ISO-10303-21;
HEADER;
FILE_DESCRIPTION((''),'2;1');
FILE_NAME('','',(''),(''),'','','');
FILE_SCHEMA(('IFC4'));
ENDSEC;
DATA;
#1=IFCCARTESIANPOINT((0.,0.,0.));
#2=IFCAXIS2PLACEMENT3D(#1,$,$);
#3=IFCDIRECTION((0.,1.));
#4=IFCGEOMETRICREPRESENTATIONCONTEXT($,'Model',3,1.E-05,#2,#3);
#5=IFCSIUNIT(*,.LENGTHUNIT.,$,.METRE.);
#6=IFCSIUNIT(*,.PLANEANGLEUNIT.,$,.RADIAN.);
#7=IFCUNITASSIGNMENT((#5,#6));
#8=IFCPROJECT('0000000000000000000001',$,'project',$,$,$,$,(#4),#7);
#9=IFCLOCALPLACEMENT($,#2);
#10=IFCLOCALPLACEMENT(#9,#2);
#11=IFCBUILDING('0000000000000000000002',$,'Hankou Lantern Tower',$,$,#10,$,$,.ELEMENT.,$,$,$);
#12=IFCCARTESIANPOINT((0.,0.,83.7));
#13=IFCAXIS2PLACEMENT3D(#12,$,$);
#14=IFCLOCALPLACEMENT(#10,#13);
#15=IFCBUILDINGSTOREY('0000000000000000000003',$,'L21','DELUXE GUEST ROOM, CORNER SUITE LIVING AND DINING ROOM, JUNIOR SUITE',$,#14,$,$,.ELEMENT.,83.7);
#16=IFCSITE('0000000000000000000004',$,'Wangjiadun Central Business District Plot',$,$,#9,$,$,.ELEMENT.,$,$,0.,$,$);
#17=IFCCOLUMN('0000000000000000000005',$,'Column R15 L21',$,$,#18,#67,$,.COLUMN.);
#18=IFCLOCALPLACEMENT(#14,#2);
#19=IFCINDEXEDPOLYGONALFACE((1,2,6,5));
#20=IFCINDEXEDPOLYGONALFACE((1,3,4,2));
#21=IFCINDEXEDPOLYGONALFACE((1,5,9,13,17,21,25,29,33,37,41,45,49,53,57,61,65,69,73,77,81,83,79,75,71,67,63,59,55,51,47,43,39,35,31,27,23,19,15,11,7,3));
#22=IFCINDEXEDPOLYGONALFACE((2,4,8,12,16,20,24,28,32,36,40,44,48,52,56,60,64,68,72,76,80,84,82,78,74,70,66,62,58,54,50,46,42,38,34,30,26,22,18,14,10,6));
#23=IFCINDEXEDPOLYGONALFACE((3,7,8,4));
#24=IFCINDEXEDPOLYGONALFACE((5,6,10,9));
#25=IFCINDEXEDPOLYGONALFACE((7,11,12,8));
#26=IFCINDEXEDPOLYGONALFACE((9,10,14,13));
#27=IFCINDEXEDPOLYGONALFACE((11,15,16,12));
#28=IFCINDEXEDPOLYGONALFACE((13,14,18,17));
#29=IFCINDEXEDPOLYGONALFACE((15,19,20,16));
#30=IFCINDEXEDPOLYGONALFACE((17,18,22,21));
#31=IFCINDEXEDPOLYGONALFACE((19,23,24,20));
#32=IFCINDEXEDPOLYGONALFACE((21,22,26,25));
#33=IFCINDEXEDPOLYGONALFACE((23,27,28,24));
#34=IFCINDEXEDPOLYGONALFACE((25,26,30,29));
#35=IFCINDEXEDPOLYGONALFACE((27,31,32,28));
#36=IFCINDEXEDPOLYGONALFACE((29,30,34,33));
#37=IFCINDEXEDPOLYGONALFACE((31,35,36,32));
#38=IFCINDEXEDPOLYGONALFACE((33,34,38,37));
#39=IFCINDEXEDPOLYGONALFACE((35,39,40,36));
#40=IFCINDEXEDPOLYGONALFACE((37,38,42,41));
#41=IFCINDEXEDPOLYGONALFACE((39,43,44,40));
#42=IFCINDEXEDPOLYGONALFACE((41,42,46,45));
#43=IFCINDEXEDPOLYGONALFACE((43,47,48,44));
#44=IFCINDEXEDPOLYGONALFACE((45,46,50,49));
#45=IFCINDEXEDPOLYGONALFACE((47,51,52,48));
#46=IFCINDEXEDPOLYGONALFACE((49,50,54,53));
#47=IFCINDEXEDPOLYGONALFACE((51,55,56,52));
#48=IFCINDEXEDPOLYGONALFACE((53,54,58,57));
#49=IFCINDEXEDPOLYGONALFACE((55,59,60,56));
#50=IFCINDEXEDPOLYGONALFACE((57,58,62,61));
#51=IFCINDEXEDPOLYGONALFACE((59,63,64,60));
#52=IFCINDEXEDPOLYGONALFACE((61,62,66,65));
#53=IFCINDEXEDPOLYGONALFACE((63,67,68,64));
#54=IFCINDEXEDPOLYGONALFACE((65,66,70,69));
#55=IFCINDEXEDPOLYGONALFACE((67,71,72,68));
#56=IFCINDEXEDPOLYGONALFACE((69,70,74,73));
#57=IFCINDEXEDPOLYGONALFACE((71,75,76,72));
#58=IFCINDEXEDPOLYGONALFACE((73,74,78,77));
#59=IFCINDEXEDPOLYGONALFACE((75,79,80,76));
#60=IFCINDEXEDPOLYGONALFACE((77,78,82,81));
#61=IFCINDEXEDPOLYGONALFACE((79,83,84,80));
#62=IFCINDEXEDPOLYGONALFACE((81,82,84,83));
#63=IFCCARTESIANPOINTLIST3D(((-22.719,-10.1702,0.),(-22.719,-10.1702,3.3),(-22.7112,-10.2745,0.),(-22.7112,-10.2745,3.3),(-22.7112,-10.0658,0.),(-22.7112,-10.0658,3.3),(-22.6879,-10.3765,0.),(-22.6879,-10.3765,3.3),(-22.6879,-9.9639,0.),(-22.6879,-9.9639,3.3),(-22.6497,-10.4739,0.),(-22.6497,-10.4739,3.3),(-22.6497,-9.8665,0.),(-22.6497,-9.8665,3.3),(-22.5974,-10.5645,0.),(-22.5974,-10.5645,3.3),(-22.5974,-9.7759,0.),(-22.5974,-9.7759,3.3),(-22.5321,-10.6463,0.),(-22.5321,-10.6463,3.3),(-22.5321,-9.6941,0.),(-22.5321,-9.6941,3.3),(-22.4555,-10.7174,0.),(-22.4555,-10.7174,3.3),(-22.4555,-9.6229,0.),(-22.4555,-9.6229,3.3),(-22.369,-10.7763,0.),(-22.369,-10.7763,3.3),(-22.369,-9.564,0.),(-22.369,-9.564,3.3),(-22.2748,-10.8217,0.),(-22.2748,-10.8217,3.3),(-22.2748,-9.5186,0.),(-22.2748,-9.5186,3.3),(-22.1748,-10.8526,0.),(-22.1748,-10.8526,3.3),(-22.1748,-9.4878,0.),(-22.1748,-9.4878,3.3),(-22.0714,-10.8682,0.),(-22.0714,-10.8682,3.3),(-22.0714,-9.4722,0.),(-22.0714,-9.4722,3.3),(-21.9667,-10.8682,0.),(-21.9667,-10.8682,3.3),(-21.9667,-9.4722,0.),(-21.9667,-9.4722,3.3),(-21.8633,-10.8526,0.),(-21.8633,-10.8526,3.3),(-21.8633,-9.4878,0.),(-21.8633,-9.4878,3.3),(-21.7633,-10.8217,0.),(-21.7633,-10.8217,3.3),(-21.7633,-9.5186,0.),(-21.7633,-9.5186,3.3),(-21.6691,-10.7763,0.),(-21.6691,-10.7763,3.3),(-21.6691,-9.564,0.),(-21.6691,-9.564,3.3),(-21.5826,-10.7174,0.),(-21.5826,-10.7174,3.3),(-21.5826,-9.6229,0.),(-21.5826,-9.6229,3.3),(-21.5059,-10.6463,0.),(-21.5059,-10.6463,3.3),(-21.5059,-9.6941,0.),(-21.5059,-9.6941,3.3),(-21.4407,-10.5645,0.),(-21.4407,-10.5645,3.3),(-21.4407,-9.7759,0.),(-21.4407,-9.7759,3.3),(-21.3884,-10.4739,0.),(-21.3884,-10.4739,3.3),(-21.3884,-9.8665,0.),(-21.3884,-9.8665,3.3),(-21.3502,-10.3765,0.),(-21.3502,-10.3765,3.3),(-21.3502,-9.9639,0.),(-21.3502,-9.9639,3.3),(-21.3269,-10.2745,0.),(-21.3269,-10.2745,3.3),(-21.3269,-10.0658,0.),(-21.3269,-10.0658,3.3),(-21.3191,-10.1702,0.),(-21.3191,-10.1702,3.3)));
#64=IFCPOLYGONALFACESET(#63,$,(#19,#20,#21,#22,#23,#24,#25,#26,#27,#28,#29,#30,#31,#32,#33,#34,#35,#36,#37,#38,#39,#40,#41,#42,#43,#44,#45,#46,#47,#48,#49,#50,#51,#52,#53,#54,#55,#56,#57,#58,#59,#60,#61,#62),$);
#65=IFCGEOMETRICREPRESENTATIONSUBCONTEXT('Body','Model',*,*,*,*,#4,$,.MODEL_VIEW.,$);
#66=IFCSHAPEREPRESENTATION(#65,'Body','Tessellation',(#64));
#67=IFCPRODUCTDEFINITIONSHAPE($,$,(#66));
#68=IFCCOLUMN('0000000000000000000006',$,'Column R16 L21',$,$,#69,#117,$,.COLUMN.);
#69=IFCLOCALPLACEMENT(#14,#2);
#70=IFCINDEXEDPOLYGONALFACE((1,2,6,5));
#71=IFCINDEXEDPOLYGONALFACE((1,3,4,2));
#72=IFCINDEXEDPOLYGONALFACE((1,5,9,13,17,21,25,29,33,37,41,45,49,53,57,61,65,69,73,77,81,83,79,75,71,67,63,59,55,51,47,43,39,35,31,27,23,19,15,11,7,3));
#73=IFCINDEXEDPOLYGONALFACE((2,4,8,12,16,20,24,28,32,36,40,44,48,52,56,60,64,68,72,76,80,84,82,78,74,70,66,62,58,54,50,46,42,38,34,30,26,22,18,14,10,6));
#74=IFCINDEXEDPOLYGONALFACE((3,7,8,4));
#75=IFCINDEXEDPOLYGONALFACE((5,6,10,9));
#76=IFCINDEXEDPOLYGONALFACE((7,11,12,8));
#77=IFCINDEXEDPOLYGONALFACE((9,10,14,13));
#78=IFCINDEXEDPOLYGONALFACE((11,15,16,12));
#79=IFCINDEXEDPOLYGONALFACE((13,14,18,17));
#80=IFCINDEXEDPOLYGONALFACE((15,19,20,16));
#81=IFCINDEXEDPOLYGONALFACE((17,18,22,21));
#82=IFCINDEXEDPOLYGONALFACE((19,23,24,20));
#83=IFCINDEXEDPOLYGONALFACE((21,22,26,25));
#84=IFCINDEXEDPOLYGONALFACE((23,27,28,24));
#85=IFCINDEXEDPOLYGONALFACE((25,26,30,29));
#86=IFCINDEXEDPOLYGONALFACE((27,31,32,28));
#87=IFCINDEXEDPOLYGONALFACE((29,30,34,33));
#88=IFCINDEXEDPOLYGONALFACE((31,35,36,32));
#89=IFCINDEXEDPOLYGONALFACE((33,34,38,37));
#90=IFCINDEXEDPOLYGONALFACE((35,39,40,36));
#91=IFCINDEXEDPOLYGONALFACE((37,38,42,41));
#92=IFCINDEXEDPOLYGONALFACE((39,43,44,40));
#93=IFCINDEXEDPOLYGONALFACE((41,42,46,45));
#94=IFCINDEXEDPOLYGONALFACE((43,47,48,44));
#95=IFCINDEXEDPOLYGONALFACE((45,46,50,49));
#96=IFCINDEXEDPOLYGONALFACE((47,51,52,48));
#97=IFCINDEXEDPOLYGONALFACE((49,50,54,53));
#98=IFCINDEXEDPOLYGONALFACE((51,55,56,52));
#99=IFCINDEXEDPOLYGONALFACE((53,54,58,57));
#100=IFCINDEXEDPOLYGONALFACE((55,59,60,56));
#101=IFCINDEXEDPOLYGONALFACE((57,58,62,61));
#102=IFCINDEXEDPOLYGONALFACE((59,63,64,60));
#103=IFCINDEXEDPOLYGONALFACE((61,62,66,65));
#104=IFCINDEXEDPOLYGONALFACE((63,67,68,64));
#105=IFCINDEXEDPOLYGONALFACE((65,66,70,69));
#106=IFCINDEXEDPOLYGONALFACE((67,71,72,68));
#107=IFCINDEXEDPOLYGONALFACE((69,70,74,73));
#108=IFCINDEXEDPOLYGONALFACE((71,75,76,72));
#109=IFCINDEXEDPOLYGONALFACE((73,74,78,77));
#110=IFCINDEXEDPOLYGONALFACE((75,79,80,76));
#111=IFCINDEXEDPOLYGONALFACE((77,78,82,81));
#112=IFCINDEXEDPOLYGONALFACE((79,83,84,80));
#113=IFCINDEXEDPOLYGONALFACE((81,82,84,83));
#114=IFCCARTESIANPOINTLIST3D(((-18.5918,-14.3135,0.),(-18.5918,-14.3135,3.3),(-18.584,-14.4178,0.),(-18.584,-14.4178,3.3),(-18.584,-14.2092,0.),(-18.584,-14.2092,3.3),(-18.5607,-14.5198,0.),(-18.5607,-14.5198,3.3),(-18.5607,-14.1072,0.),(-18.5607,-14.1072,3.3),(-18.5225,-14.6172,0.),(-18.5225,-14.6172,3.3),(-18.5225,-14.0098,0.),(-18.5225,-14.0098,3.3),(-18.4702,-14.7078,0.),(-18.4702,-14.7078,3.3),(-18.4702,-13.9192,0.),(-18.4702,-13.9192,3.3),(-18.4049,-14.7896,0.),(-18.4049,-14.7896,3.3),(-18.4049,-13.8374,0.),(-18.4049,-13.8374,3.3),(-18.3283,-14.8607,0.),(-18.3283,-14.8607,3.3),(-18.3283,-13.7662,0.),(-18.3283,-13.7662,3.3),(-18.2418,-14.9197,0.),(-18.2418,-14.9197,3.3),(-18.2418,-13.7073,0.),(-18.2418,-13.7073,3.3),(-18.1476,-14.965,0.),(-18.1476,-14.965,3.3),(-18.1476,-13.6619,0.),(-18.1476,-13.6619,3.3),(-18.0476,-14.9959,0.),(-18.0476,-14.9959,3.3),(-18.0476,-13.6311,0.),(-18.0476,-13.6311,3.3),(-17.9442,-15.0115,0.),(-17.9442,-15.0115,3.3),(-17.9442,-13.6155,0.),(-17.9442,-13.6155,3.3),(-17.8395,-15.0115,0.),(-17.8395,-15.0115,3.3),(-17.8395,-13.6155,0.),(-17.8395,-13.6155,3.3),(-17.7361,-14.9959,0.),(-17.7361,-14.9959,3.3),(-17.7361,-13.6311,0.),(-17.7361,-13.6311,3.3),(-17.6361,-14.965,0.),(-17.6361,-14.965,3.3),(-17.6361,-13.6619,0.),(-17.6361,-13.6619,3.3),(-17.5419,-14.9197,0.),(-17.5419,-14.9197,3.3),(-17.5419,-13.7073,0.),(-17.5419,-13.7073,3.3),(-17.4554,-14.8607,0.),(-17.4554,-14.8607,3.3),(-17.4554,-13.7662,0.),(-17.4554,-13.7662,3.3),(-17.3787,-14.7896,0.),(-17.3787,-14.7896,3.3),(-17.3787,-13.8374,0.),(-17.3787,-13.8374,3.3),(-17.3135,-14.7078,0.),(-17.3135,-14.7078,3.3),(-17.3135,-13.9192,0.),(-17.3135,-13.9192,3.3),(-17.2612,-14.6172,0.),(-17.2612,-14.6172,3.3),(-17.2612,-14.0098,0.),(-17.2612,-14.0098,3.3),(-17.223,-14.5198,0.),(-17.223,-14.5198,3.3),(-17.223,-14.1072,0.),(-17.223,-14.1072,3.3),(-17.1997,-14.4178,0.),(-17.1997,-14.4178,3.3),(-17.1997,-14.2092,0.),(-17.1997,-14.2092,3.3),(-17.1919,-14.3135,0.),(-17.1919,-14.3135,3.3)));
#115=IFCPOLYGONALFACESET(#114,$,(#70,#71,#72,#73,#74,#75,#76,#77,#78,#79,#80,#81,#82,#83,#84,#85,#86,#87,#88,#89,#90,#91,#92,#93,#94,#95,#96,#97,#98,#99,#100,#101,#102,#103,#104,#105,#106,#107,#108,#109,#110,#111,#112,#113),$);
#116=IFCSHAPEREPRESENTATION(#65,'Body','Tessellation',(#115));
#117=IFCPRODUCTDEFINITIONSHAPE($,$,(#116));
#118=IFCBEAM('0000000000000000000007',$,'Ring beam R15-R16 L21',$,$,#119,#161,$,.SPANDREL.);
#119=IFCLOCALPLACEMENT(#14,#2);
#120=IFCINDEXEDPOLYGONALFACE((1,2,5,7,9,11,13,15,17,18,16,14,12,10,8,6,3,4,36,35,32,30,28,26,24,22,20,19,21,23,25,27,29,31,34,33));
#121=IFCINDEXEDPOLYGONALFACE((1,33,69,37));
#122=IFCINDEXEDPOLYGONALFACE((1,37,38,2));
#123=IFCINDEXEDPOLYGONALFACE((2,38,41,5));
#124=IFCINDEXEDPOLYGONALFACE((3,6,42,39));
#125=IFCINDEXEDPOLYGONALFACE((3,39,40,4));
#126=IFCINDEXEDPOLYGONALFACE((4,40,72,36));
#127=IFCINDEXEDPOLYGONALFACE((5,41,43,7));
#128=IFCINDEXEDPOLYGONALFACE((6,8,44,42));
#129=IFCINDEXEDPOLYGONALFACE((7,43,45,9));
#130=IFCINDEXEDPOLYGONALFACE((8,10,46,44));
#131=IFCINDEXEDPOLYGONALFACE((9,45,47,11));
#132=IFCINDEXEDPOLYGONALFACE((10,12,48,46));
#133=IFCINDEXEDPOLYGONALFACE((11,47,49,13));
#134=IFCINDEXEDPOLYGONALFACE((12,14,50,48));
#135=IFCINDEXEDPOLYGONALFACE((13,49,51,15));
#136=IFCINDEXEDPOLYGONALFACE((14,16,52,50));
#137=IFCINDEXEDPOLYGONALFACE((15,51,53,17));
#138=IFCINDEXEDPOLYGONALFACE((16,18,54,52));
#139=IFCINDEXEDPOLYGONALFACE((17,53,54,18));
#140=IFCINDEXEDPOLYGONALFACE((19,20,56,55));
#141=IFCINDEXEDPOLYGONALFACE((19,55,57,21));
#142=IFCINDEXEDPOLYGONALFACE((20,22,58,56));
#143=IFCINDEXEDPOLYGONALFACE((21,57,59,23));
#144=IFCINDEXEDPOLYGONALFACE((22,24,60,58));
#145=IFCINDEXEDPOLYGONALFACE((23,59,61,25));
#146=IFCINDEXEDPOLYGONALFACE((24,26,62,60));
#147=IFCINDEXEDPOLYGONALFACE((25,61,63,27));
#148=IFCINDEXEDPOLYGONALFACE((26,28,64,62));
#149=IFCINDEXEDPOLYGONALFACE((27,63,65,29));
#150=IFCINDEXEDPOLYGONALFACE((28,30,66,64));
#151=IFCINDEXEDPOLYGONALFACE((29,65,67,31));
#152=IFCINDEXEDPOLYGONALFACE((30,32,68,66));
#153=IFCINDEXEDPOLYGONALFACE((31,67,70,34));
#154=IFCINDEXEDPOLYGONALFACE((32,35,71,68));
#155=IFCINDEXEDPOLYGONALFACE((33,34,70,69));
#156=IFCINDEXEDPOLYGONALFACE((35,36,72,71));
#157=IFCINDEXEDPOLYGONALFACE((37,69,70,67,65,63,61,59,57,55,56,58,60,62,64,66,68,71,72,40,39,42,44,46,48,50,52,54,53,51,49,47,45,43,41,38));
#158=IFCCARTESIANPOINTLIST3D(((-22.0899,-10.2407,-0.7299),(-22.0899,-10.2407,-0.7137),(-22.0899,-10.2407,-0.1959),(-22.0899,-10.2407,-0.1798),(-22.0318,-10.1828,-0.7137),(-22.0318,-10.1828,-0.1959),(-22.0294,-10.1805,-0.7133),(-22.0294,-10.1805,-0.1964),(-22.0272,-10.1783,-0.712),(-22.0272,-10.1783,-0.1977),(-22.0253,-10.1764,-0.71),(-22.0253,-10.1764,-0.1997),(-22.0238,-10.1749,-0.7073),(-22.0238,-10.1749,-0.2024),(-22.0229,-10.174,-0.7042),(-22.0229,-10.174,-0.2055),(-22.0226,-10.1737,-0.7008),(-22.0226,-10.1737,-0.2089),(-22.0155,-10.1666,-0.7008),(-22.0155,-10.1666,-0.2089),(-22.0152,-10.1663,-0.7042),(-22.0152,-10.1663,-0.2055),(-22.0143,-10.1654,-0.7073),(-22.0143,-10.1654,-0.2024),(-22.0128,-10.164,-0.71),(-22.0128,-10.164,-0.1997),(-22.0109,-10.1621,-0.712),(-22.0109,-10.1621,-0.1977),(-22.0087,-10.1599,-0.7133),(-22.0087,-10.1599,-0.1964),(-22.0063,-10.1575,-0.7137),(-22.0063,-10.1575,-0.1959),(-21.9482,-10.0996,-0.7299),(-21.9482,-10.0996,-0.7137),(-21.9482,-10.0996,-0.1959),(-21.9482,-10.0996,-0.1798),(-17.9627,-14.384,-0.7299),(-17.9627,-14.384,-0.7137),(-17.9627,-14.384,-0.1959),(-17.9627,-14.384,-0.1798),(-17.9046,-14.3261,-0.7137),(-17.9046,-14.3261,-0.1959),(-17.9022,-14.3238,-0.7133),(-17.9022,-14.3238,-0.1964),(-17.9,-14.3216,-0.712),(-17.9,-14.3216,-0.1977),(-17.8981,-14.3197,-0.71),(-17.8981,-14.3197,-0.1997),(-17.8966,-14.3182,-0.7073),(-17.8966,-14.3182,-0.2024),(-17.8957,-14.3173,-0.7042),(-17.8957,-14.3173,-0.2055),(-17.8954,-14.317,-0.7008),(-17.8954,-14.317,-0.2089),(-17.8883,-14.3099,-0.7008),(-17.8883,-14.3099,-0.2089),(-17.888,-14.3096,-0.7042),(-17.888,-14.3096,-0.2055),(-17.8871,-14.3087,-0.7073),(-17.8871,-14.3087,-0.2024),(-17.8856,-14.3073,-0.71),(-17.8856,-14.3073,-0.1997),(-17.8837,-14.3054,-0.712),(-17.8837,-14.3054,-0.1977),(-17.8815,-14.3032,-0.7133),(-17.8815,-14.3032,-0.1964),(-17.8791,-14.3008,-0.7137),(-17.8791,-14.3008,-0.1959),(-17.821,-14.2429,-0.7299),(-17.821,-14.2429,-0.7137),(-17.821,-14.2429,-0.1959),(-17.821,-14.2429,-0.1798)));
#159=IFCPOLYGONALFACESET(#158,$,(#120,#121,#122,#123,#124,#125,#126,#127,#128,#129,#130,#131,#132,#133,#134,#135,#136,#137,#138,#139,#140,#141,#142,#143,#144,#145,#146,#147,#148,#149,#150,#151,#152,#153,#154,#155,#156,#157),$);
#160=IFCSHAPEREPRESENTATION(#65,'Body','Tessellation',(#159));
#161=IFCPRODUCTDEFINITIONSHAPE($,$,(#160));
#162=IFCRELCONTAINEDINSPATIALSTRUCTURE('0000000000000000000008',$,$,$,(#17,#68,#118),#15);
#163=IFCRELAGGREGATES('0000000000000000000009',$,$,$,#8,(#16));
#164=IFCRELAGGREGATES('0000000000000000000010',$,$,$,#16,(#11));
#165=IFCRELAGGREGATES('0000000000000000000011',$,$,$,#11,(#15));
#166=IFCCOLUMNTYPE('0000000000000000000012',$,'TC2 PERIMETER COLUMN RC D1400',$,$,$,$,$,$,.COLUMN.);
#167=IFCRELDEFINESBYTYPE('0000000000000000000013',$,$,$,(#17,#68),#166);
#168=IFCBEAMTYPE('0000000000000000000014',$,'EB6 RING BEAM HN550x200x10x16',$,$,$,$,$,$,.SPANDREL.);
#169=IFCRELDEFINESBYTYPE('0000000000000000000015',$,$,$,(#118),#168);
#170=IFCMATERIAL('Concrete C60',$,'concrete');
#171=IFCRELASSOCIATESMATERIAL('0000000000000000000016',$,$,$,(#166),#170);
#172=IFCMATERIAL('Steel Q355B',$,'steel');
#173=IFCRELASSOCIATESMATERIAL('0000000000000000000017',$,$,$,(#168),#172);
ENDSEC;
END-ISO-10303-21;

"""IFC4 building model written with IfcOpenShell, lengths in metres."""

from ifc_helpers import new_model, si_unit, direction, frame, origin, origin_2d, place, context, subcontext, project, spatial, circle, i_section, extrude, material, material_profile, profile_set, type_object, element, save


model = new_model("IFC4")

# Units and contexts
model_context = context("Model", 3, precision=1e-05, world=origin(), true_north=direction((0.0, 1.0)))
body_context = subcontext(model_context, "Body", "Model", "MODEL_VIEW")
ifc_project = project(units=[si_unit("LENGTHUNIT", "METRE"), si_unit("PLANEANGLEUNIT", "RADIAN")], contexts=[model_context])

# Site, building, storey
site_placement = place(None, origin())
site = spatial("IfcSite", under=ifc_project, at=site_placement, Name="Wangjiadun Central Business District Plot", CompositionType="ELEMENT", RefElevation=0.0)
building_placement = place(site_placement, origin())
building = spatial("IfcBuilding", under=site, at=building_placement, Name="Hankou Lantern Tower", CompositionType="ELEMENT")
storey_placement = place(building_placement, frame((0.0, 0.0, 83.7)))
storey = spatial("IfcBuildingStorey", under=building, at=storey_placement, Name="L21", Description="DELUXE GUEST ROOM, CORNER SUITE LIVING AND DINING ROOM, JUNIOR SUITE", CompositionType="ELEMENT", Elevation=83.7)

# Columns
ifc_material_1 = material(Name="Concrete C60", Category="concrete")
ifc_material_profile_1 = material_profile(ifc_material_1, circle(Radius=0.7, at=origin_2d()), Name="RC D1400")
ifc_profile_set_1 = profile_set([ifc_material_profile_1], Name="Concrete C60")
column_type = type_object("IfcColumnType", Name="TC2 PERIMETER COLUMN RC D1400", PredefinedType="COLUMN", material=ifc_profile_set_1)
for number, where, z_axis, x_axis, name in (
    (1, (-22.019, -10.1702, 0.0), (0.0, 0.0, 1.0), (1.0, 0.0, 0.0), "Column R15 L21"),
    (2, (-17.8918, -14.3135, 0.0), (0.0, 0.0, 1.0), (1.0, 0.0, 0.0), "Column R16 L21"),
):
    element("IfcColumn", number, at=place(storey_placement, frame(where, z_axis=z_axis, x_axis=x_axis)), inside=storey, type_object=column_type, Name=name, PredefinedType="COLUMN", context=body_context, shape_type="SweptSolid", body=[
        extrude(circle(Radius=0.7, at=origin_2d()), origin(), (0.0, 0.0, 1.0), 3.3),
    ])

# Beam
ifc_material_2 = material(Name="Steel Q355B", Category="steel")
ifc_material_profile_2 = material_profile(ifc_material_2, i_section(OverallWidth=0.2, OverallDepth=0.55, WebThickness=0.01, FlangeThickness=0.0161, FilletRadius=0.0129, at=origin_2d()), Name="HN550x200x10x16")
ifc_profile_set_2 = profile_set([ifc_material_profile_2], Name="Steel Q355B")
beam_type_1 = type_object("IfcBeamType", Name="EB6 RING BEAM HN550x200x10x16", PredefinedType="SPANDREL", material=ifc_profile_set_2)
beam_1_placement = place(storey_placement, frame((-22.019, -10.1702, -0.4548), z_axis=(0.705728, -0.708483, 0.0), x_axis=(0.708483, 0.705728, 0.0)))
element("IfcBeam", 3, at=beam_1_placement, inside=storey, type_object=beam_type_1, Name="Ring beam R15-R16 L21", PredefinedType="SPANDREL", context=body_context, shape_type="SweptSolid", body=[
    extrude(i_section(OverallWidth=0.2, OverallDepth=0.55, WebThickness=0.01, FlangeThickness=0.0161, FilletRadius=0.0129, at=origin_2d()), origin(), (0.0, 0.0, 1.0), 5.8481),
])

save(model, "model.ifc")
